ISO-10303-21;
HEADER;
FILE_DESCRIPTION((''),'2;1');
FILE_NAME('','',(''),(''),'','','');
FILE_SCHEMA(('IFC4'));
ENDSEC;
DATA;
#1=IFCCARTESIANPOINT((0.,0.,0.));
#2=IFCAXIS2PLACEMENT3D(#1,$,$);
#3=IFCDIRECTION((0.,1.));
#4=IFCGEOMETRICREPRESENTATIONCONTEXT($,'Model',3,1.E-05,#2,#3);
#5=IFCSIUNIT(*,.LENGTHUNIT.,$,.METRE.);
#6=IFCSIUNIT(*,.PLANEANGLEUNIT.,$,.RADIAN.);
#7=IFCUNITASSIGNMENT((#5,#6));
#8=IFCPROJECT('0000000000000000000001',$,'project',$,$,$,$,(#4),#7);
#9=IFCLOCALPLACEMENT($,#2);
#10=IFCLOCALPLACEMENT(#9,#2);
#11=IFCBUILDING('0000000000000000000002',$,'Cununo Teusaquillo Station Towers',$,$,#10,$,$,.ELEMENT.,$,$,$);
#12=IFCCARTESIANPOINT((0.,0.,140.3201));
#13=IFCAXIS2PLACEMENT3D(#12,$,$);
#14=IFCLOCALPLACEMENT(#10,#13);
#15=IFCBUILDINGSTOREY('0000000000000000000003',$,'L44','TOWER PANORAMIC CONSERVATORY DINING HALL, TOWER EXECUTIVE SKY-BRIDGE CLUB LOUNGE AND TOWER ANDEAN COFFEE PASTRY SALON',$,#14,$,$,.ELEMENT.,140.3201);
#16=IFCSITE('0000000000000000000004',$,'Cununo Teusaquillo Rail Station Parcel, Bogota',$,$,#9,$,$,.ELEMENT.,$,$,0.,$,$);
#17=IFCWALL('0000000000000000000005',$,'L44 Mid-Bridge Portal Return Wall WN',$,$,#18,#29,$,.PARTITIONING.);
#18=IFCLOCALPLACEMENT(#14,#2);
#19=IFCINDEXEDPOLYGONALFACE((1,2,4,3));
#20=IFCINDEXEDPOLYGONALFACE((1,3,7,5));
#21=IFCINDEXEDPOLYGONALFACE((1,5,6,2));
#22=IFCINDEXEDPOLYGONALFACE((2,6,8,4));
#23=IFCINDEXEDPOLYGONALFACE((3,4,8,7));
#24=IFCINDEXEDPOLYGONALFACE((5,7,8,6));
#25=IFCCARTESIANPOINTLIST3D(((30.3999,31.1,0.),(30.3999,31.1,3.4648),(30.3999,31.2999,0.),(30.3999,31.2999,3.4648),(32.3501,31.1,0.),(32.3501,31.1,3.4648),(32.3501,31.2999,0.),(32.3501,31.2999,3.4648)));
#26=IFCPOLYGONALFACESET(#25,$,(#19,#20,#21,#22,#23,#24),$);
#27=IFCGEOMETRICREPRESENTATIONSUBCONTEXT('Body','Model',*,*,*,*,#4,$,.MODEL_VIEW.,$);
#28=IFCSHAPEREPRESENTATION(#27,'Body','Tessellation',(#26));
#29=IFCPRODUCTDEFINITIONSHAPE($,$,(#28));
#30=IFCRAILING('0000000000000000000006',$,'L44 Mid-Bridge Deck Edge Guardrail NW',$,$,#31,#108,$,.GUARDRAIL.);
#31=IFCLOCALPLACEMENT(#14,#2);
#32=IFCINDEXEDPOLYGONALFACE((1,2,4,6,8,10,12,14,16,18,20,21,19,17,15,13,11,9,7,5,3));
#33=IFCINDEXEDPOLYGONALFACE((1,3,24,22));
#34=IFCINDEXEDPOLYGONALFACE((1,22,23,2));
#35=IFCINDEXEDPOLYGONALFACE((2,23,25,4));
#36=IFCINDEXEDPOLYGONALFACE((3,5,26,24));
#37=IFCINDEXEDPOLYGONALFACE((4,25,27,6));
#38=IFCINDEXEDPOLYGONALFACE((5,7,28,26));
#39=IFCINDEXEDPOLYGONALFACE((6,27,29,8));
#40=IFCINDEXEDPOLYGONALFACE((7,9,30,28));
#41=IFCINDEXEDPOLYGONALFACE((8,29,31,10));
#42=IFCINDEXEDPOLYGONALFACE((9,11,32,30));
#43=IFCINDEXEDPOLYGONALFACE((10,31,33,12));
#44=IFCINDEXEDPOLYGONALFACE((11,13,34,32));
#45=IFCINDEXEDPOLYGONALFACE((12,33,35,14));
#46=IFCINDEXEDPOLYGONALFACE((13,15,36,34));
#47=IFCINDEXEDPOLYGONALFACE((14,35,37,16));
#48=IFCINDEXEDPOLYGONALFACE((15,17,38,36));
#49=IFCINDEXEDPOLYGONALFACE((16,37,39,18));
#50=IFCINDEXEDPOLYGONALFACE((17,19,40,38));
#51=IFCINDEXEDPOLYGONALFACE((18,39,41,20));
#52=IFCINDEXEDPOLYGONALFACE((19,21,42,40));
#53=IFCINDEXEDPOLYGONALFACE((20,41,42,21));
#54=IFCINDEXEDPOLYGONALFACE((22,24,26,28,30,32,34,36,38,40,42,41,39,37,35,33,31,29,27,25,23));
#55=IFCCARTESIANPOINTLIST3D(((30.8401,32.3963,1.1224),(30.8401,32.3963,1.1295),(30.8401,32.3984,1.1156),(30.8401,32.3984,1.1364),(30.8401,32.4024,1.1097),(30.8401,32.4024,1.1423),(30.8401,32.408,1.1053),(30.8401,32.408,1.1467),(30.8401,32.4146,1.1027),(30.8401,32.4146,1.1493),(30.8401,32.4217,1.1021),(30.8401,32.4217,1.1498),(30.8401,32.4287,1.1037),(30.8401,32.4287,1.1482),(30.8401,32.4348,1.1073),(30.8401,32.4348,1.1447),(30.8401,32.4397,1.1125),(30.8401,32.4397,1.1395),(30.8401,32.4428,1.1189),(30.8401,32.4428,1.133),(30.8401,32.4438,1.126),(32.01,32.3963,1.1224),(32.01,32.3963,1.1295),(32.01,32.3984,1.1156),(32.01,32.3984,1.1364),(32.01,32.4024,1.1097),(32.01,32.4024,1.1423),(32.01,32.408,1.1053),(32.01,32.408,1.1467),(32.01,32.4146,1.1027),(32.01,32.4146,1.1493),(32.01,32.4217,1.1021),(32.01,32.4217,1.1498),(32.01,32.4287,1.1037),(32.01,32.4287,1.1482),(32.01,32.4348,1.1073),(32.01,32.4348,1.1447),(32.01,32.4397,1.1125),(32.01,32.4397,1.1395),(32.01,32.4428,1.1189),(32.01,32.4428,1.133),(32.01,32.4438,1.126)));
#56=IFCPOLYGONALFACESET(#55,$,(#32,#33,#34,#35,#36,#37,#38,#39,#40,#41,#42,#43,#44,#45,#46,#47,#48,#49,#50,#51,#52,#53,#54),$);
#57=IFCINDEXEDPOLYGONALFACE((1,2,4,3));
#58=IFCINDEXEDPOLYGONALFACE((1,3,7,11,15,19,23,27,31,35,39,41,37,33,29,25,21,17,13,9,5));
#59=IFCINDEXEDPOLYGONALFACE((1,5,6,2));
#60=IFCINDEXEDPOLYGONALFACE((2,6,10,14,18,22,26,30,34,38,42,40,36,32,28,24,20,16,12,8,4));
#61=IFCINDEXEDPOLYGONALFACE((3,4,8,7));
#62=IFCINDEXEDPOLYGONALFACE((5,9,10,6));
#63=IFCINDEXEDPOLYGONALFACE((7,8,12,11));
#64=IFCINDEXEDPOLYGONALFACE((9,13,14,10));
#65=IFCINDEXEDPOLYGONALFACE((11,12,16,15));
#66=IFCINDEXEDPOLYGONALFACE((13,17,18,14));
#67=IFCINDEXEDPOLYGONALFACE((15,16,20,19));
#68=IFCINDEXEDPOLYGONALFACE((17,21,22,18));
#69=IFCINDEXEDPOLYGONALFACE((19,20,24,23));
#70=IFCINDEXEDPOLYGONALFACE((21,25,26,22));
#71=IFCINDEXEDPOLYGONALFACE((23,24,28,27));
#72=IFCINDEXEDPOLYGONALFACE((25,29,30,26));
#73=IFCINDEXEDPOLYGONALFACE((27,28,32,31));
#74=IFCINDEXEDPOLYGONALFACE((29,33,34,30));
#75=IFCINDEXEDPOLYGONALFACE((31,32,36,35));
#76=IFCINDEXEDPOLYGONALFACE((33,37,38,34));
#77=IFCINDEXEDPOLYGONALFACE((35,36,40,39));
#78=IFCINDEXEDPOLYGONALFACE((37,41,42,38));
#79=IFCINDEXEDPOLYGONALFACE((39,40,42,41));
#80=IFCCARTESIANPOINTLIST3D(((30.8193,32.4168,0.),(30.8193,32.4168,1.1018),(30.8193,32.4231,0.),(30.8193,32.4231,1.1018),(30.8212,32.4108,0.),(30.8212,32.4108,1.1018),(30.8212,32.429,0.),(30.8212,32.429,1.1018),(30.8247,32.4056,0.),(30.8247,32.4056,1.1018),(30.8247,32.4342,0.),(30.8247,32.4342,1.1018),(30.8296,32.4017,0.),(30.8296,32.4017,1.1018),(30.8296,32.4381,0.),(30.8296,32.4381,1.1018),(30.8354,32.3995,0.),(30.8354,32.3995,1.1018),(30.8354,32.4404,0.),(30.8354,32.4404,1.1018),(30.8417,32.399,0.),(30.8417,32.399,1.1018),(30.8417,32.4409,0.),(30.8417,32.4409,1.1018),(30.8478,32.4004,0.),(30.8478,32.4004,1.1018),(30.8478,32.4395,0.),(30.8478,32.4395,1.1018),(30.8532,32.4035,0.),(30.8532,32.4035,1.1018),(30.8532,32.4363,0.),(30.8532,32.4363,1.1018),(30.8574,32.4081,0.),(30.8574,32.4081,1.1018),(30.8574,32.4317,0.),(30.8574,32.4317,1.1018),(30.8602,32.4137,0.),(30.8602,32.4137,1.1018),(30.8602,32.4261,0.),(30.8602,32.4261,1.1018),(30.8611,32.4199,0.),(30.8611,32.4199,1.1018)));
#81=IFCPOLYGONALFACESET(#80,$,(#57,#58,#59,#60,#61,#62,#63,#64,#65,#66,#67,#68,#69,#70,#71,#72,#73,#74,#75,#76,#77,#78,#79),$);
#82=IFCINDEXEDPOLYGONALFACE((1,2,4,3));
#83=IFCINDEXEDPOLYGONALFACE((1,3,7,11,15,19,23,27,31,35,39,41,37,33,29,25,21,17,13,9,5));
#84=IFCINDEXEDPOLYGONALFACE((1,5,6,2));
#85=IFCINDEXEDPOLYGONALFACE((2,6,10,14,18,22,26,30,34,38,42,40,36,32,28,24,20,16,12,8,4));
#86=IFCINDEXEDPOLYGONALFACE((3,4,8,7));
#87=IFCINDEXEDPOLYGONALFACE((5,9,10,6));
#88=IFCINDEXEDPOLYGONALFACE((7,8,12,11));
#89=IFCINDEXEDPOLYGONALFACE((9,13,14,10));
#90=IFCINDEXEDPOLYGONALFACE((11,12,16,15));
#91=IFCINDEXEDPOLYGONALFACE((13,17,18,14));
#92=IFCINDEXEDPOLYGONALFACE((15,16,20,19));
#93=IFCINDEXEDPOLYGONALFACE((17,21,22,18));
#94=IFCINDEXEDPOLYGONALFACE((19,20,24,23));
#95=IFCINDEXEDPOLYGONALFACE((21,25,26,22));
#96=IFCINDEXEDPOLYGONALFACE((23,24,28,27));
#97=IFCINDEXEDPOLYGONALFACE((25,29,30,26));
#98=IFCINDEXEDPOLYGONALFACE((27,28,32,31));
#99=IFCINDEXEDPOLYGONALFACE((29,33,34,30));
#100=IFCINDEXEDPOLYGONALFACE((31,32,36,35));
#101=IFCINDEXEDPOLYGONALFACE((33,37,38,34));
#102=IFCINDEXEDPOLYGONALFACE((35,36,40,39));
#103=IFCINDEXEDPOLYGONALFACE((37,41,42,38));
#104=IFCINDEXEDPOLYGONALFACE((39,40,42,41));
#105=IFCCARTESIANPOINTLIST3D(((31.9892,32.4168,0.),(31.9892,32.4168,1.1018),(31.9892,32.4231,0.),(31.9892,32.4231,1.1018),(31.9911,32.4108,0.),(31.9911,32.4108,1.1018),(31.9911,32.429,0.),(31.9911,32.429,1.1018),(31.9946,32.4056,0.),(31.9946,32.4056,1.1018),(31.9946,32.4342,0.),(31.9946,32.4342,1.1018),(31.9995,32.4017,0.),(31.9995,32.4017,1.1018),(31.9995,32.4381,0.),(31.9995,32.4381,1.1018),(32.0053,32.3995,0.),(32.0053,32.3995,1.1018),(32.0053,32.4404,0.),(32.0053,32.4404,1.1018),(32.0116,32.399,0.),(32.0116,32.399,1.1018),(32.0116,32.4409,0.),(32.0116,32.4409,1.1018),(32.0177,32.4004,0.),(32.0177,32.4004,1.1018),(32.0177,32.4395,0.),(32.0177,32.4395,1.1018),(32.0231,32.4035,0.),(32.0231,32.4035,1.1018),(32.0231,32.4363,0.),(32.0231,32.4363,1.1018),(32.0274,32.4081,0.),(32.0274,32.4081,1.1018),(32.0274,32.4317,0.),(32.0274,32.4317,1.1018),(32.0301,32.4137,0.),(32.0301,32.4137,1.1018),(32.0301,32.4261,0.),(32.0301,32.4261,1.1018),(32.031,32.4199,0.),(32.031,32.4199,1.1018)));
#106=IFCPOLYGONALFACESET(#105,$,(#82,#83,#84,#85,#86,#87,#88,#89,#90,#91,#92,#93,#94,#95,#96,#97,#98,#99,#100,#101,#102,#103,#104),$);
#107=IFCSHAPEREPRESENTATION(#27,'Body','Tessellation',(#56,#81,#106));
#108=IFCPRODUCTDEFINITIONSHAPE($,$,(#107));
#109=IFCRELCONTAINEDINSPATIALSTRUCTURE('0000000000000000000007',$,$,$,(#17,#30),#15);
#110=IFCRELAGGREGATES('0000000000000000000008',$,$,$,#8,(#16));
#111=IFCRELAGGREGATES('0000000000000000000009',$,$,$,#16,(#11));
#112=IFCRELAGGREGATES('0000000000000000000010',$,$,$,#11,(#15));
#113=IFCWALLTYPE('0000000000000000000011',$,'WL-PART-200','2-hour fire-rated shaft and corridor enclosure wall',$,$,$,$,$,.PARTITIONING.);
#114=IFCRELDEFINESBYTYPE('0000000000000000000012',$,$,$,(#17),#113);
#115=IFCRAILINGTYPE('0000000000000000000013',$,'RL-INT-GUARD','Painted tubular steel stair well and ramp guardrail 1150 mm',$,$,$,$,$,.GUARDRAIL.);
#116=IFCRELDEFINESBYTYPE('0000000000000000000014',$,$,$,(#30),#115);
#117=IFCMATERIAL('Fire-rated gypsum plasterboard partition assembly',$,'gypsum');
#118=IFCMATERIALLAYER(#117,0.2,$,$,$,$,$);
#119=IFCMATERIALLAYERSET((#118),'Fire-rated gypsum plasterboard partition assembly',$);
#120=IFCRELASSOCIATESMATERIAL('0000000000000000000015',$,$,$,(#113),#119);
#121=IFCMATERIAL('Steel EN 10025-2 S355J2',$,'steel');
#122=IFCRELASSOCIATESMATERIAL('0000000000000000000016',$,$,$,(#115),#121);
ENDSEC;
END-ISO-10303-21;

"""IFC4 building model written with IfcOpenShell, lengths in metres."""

from ifc_helpers import new_model, si_unit, direction, frame, frame_2d, origin, origin_2d, place, context, subcontext, project, spatial, rectangle, circle, extrude, material, layer, layer_set, type_object, element, save


model = new_model("IFC4")

# Units and contexts
model_context = context("Model", 3, precision=1e-05, world=origin(), true_north=direction((0.0, 1.0)))
body_context = subcontext(model_context, "Body", "Model", "MODEL_VIEW")
ifc_project = project(units=[si_unit("LENGTHUNIT", "METRE"), si_unit("PLANEANGLEUNIT", "RADIAN")], contexts=[model_context])

# Site, building, storey
site_placement = place(None, origin())
site = spatial("IfcSite", under=ifc_project, at=site_placement, Name="Cununo Teusaquillo Rail Station Parcel, Bogota", CompositionType="ELEMENT", RefElevation=0.0)
building_placement = place(site_placement, origin())
building = spatial("IfcBuilding", under=site, at=building_placement, Name="Cununo Teusaquillo Station Towers", CompositionType="ELEMENT")
storey_placement = place(building_placement, frame((0.0, 0.0, 140.3201)))
storey = spatial("IfcBuildingStorey", under=building, at=storey_placement, Name="L44", Description="TOWER PANORAMIC CONSERVATORY DINING HALL, TOWER EXECUTIVE SKY-BRIDGE CLUB LOUNGE AND TOWER ANDEAN COFFEE PASTRY SALON", CompositionType="ELEMENT", Elevation=140.3201)

# Wall
ifc_material_1 = material(Name="Fire-rated gypsum plasterboard partition assembly", Category="gypsum")
ifc_layer_1 = layer(ifc_material_1, 0.2)
ifc_layer_set_1 = layer_set([ifc_layer_1], Name="Fire-rated gypsum plasterboard partition assembly")
wall_type_1 = type_object("IfcWallType", Name="WL-PART-200", Description="2-hour fire-rated shaft and corridor enclosure wall", PredefinedType="PARTITIONING", material=ifc_layer_set_1)
wall_1_placement = place(storey_placement, frame((30.3999, 31.2, 0.0), z_axis=(0.0, 0.0, 1.0), x_axis=(1.0, 0.0, 0.0)))
element("IfcWall", 1, at=wall_1_placement, inside=storey, type_object=wall_type_1, Name="L44 Mid-Bridge Portal Return Wall WN", PredefinedType="PARTITIONING", context=body_context, shape_type="SweptSolid", body=[
    extrude(rectangle(XDim=1.9502, YDim=0.2, at=frame_2d((0.9751, 0.0))), origin(), (0.0, 0.0, 1.0), 3.4648),
])

# Railing
ifc_material_2 = material(Name="Steel EN 10025-2 S355J2", Category="steel")
railing_type = type_object("IfcRailingType", Name="RL-INT-GUARD", Description="Painted tubular steel stair well and ramp guardrail 1150 mm", PredefinedType="GUARDRAIL", material=ifc_material_2)
railing_placement = place(storey_placement, frame((30.8401, 32.4199, 0.0)))
element("IfcRailing", 2, at=railing_placement, inside=storey, type_object=railing_type, Name="L44 Mid-Bridge Deck Edge Guardrail NW", PredefinedType="GUARDRAIL", context=body_context, shape_type="SweptSolid", body=[
    extrude(circle(Radius=0.0239, at=origin_2d()), frame((0.0, 0.0, 1.126), z_axis=(1.0, 0.0, 0.0), x_axis=(0.0, 1.0, 0.0)), (0.0, 0.0, 1.0), 1.1699),
    extrude(circle(Radius=0.021, at=origin_2d()), origin(), (0.0, 0.0, 1.0), 1.1018),
    extrude(circle(Radius=0.021, at=origin_2d()), frame((1.1699, 0.0, 0.0)), (0.0, 0.0, 1.0), 1.1018),
])

save(model, "model.ifc")
